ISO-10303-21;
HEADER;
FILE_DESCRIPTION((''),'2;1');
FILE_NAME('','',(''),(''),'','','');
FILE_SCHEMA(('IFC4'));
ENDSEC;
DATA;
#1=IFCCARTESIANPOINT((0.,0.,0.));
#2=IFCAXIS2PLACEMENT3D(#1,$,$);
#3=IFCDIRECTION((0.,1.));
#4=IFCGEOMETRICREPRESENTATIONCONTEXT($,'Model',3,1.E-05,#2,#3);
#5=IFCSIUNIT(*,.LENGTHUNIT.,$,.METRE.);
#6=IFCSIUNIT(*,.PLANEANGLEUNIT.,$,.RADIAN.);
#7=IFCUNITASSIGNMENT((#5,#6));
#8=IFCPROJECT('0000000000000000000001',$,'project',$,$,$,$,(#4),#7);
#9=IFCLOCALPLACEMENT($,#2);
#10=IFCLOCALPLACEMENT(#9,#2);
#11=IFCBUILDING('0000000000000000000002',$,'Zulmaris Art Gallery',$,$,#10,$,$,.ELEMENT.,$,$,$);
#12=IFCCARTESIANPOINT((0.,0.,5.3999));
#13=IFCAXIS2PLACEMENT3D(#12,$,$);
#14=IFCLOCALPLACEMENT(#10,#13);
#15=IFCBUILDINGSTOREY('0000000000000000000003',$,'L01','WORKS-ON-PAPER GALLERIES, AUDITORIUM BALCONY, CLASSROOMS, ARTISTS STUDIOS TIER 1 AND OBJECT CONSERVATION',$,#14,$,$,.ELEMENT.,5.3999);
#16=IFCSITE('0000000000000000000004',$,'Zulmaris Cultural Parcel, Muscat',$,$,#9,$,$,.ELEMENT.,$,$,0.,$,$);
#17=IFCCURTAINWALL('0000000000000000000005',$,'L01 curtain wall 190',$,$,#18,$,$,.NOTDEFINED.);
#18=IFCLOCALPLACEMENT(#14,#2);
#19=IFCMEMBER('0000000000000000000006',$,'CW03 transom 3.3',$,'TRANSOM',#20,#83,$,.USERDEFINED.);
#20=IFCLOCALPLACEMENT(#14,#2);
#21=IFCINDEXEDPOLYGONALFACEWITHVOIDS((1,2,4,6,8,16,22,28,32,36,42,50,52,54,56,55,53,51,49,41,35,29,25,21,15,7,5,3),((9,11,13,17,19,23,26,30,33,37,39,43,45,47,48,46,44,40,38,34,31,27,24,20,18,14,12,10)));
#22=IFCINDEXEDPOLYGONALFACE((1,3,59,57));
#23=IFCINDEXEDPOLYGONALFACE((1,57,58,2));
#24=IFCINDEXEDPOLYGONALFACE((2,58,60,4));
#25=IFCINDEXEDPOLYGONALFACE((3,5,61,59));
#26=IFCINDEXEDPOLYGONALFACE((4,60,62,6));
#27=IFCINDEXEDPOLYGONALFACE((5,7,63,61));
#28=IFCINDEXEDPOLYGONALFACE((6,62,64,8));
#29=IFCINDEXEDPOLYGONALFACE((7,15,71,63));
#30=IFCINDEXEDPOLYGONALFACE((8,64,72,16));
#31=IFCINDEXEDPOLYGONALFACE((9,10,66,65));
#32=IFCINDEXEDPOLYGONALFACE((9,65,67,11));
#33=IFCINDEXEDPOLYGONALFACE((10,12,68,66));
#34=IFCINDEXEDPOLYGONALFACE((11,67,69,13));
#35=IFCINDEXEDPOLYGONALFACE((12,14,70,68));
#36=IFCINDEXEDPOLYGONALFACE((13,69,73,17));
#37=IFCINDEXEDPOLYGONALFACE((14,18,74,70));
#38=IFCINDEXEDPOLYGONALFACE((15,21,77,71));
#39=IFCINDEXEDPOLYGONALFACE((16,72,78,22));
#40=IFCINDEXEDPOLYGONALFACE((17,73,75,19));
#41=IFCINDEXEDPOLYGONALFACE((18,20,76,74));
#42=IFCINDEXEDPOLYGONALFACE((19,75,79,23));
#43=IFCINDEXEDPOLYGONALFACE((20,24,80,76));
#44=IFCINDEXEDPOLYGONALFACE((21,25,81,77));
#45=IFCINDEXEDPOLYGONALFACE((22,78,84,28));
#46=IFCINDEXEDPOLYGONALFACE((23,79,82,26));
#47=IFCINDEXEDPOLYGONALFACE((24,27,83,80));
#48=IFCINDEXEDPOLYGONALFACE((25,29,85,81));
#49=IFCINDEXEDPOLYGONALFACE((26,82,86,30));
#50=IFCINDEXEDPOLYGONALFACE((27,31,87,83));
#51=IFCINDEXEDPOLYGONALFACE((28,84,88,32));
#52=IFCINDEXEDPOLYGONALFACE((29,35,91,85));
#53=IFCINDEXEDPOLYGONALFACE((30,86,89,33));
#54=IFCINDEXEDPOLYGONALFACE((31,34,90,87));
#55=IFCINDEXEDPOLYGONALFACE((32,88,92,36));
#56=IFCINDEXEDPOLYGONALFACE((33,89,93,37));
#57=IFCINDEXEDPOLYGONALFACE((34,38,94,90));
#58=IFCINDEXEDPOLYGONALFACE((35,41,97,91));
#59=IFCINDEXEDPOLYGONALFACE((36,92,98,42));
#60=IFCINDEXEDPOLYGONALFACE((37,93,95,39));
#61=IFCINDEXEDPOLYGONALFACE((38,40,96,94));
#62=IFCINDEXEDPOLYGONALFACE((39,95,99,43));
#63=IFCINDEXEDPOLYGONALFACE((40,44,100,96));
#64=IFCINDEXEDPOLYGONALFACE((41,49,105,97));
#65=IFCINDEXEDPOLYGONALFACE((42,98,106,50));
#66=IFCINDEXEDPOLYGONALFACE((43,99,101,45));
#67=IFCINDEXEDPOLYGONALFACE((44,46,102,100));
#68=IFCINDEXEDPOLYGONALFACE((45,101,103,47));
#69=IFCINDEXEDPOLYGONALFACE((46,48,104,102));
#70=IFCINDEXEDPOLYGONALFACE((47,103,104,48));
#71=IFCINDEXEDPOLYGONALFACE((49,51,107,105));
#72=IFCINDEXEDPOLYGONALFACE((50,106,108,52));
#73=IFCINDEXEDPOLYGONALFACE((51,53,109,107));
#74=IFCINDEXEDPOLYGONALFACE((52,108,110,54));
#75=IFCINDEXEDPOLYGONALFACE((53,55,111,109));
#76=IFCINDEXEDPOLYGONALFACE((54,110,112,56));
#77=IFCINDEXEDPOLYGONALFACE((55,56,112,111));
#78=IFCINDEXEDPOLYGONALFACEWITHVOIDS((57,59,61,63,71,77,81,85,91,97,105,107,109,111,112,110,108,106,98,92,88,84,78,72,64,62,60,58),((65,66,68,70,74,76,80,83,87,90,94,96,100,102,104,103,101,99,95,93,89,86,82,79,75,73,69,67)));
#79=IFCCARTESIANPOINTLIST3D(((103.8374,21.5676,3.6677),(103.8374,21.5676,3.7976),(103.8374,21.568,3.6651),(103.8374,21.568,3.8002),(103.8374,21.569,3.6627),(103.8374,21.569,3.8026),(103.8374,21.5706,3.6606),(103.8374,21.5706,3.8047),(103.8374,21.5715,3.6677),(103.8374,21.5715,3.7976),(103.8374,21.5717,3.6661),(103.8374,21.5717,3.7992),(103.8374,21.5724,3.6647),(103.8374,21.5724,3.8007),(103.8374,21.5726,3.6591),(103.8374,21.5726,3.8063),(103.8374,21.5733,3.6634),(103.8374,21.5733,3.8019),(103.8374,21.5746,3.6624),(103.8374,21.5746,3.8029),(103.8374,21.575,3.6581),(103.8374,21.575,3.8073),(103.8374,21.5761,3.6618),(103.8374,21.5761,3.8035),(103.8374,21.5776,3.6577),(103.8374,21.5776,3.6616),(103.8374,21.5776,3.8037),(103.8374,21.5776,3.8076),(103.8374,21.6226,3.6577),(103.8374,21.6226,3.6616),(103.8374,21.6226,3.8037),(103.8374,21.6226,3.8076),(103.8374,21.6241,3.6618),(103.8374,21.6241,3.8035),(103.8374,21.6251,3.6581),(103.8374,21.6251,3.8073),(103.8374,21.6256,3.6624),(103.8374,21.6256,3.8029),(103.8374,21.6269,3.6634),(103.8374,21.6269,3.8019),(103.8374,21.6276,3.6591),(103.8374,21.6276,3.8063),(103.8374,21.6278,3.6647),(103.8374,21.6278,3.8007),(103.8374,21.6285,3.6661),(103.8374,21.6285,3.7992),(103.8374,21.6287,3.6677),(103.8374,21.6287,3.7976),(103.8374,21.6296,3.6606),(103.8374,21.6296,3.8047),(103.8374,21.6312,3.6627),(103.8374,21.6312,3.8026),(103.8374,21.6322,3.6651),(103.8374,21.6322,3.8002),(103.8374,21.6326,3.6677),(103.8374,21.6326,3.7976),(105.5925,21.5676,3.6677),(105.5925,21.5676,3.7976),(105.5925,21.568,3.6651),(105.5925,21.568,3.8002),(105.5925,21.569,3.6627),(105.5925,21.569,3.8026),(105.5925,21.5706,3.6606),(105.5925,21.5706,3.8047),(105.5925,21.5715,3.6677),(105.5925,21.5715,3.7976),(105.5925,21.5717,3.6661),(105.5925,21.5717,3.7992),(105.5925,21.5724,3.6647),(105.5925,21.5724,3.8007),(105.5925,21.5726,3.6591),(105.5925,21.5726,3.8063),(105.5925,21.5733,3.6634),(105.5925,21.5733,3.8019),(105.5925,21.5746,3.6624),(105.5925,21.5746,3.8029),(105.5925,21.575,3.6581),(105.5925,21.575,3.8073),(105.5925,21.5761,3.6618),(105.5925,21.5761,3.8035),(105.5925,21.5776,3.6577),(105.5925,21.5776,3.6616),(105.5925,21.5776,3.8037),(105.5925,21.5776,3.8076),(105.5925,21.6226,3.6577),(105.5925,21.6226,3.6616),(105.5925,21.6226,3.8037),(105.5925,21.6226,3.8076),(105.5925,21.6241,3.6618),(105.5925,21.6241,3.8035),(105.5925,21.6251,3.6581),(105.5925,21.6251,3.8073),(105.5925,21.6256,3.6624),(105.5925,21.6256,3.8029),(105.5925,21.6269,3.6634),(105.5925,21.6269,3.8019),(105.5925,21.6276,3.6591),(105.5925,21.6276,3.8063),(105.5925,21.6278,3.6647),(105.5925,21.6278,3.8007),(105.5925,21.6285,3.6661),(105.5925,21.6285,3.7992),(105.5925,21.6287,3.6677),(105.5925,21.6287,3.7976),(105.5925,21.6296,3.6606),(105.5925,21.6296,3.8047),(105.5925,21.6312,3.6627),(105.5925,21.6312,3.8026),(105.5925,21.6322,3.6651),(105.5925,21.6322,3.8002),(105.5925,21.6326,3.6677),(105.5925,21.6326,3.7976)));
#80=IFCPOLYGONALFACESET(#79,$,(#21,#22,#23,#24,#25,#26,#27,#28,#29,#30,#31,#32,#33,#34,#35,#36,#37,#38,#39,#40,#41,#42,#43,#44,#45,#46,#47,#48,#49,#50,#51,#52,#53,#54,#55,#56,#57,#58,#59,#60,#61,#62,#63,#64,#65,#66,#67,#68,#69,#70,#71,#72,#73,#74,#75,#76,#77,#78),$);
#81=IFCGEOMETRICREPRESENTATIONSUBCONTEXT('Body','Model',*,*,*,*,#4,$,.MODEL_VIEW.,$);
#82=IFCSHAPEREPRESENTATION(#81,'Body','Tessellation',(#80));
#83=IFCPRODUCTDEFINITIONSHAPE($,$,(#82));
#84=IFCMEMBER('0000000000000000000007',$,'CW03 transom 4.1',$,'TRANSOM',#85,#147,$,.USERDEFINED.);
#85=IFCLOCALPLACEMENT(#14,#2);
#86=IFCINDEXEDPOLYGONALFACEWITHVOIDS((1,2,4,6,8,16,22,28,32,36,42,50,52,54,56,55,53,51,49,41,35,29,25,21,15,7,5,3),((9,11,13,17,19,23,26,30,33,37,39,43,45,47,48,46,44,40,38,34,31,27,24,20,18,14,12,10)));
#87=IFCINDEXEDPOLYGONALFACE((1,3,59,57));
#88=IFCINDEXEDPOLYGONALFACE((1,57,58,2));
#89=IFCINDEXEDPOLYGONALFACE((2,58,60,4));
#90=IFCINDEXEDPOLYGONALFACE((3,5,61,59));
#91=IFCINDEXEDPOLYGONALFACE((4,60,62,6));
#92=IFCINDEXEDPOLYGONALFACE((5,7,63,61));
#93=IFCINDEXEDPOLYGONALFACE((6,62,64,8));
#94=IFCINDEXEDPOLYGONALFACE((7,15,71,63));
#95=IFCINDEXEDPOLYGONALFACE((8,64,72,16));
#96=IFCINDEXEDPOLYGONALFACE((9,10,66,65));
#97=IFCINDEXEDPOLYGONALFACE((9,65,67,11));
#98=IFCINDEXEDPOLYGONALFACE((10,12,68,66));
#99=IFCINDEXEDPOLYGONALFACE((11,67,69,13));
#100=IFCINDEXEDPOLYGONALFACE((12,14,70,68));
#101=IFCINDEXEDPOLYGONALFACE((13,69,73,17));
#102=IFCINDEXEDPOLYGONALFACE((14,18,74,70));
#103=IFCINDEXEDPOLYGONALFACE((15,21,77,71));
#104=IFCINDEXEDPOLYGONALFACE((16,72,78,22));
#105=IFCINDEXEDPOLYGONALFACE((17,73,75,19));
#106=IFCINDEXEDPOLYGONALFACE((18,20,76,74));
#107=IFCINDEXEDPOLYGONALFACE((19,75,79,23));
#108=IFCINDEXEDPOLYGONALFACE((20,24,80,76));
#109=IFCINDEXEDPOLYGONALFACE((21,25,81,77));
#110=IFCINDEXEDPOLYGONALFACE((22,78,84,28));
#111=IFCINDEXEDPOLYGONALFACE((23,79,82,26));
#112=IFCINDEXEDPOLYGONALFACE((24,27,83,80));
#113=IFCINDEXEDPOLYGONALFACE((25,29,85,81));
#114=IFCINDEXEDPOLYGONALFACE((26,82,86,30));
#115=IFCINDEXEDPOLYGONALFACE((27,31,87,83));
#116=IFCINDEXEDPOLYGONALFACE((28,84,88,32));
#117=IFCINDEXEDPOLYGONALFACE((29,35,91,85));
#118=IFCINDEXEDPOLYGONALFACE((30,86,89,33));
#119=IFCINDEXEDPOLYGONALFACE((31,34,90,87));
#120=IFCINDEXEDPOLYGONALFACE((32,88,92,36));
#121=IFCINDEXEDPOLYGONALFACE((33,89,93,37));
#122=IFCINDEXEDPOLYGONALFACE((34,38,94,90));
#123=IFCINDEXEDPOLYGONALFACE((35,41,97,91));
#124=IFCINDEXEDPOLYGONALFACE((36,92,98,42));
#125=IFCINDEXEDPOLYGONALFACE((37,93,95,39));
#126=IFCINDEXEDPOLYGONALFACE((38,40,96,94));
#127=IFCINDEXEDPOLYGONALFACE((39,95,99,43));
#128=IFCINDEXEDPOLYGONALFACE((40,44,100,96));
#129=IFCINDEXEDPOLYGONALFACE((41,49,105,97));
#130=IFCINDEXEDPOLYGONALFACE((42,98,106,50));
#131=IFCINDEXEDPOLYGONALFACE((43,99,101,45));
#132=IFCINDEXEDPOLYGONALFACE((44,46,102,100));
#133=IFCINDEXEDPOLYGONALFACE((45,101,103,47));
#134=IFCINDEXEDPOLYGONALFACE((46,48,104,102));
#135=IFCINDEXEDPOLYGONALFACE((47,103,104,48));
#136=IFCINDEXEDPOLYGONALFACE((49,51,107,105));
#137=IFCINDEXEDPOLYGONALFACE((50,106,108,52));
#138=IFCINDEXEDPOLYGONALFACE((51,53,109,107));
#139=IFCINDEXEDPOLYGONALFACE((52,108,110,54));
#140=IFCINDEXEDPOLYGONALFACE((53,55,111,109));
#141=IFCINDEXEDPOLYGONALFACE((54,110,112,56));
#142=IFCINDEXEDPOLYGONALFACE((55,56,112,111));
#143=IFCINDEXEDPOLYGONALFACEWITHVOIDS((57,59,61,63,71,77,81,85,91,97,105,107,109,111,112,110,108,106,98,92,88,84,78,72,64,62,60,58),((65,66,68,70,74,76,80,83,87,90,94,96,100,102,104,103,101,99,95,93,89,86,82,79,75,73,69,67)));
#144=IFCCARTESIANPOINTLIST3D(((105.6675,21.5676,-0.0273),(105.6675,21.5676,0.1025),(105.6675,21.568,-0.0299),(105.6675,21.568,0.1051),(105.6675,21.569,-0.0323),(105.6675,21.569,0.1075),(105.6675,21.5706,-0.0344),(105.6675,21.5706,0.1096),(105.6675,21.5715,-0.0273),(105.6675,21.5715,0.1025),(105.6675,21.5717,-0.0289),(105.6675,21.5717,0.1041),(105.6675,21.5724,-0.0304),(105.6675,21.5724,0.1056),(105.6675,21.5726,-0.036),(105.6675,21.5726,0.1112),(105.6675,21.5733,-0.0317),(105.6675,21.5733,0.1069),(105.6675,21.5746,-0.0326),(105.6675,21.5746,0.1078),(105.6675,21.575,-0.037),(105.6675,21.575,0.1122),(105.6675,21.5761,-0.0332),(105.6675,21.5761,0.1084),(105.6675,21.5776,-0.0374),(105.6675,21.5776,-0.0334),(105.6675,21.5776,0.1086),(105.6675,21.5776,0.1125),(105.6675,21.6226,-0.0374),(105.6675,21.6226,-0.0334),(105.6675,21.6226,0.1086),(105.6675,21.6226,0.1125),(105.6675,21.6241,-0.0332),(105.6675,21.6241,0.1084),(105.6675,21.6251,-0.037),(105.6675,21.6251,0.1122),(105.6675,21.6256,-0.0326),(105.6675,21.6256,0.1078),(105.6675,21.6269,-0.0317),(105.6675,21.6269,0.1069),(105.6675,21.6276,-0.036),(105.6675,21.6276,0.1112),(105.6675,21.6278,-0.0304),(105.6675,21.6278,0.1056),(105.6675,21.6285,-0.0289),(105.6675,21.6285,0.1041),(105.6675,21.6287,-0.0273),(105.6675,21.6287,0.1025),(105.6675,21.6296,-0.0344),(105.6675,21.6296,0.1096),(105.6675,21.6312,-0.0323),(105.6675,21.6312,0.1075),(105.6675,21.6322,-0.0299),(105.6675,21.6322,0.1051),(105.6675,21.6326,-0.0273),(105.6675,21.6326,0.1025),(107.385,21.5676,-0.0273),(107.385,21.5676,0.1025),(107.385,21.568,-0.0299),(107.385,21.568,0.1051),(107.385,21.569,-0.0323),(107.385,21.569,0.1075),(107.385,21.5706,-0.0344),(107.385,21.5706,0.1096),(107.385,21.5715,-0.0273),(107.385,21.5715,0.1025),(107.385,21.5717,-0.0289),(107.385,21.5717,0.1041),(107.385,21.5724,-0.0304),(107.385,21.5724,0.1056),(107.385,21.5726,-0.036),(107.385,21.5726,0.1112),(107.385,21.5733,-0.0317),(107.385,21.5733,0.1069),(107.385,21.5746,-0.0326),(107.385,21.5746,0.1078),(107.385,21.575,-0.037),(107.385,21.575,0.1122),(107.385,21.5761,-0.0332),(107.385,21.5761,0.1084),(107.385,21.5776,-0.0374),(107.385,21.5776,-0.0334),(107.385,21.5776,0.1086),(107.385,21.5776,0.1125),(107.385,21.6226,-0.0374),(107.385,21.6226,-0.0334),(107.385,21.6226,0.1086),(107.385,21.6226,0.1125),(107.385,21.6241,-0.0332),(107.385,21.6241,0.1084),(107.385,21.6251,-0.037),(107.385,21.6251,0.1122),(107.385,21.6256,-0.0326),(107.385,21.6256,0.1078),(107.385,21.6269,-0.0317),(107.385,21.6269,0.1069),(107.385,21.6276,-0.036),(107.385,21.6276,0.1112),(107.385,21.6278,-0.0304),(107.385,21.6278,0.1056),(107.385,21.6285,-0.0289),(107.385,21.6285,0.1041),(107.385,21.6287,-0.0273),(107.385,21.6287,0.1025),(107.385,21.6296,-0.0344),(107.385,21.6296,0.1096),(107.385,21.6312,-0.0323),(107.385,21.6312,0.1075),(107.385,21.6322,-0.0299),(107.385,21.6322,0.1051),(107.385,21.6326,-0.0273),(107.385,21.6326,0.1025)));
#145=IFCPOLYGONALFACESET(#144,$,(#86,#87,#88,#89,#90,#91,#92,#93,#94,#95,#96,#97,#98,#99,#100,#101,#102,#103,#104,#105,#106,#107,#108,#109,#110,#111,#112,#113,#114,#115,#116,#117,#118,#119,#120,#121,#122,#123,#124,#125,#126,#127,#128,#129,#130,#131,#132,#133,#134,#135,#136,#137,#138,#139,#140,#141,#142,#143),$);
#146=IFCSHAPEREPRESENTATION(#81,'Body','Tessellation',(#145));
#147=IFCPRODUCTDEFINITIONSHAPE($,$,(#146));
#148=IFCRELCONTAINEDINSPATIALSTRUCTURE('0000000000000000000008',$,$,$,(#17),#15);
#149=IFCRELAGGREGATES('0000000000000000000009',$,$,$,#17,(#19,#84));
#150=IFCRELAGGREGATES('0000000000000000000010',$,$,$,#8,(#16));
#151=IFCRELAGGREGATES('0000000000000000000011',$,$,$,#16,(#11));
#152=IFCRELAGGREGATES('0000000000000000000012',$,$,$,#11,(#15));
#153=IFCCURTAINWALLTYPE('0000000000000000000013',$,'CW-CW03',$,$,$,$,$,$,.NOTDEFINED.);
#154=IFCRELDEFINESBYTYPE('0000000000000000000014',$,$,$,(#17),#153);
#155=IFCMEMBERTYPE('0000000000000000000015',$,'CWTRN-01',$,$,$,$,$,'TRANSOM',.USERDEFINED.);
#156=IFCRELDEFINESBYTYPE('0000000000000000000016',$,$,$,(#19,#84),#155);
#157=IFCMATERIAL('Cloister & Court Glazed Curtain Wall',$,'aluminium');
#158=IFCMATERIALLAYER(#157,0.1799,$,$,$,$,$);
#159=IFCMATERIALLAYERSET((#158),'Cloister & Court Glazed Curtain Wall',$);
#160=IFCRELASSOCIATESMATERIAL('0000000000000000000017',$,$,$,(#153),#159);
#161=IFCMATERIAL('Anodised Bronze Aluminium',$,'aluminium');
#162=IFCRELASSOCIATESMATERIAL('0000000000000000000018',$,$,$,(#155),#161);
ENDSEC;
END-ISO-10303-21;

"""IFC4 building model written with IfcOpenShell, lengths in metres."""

from ifc_helpers import new_model, si_unit, direction, frame, origin, origin_2d, place, context, subcontext, project, spatial, hollow_rectangle, extrude, material, layer, layer_set, material_profile, profile_set, type_object, element, aggregate, save


model = new_model("IFC4")

# Units and contexts
model_context = context("Model", 3, precision=1e-05, world=origin(), true_north=direction((0.0, 1.0)))
body_context = subcontext(model_context, "Body", "Model", "MODEL_VIEW")
ifc_project = project(units=[si_unit("LENGTHUNIT", "METRE"), si_unit("PLANEANGLEUNIT", "RADIAN")], contexts=[model_context])

# Site, building, storey
site_placement = place(None, origin())
site = spatial("IfcSite", under=ifc_project, at=site_placement, Name="Zulmaris Cultural Parcel, Muscat", CompositionType="ELEMENT", RefElevation=0.0)
building_placement = place(site_placement, origin())
building = spatial("IfcBuilding", under=site, at=building_placement, Name="Zulmaris Art Gallery", CompositionType="ELEMENT")
storey_placement = place(building_placement, frame((0.0, 0.0, 5.3999)))
storey = spatial("IfcBuildingStorey", under=building, at=storey_placement, Name="L01", Description="WORKS-ON-PAPER GALLERIES, AUDITORIUM BALCONY, CLASSROOMS, ARTISTS STUDIOS TIER 1 AND OBJECT CONSERVATION", CompositionType="ELEMENT", Elevation=5.3999)

# Curtain wall, members
ifc_material_1 = material(Name="Cloister & Court Glazed Curtain Wall", Category="aluminium")
ifc_layer_1 = layer(ifc_material_1, 0.1799)
ifc_layer_set_1 = layer_set([ifc_layer_1], Name="Cloister & Court Glazed Curtain Wall")
curtain_wall_type = type_object("IfcCurtainWallType", Name="CW-CW03", PredefinedType="NOTDEFINED", material=ifc_layer_set_1)
curtain_wall_placement = place(storey_placement, origin())
curtain_wall = element("IfcCurtainWall", 1, at=curtain_wall_placement, inside=storey, type_object=curtain_wall_type, Name="L01 curtain wall 190", PredefinedType="NOTDEFINED")
ifc_material_2 = material(Name="Anodised Bronze Aluminium", Category="aluminium")
ifc_material_profile_1 = material_profile(ifc_material_2, hollow_rectangle(XDim=0.0649, YDim=0.1499, WallThickness=0.0039, InnerFilletRadius=0.0061, OuterFilletRadius=0.01, at=origin_2d()), Name="ALU 65x150x4")
ifc_profile_set_1 = profile_set([ifc_material_profile_1], Name="Anodised Bronze Aluminium")
member_type_1 = type_object("IfcMemberType", Name="CWTRN-01", ElementType="TRANSOM", PredefinedType="USERDEFINED", material=ifc_profile_set_1)
member_1_placement = place(storey_placement, frame((103.8374, 21.6001, 3.7327), z_axis=(1.0, 0.0, 0.0), x_axis=(0.0, 1.0, 0.0)))
member_1 = element("IfcMember", 2, at=member_1_placement, type_object=member_type_1, Name="CW03 transom 3.3", ObjectType="TRANSOM", PredefinedType="USERDEFINED", context=body_context, shape_type="SweptSolid", body=[
    extrude(hollow_rectangle(XDim=0.0649, YDim=0.1499, WallThickness=0.0039, InnerFilletRadius=0.0061, OuterFilletRadius=0.01, at=origin_2d()), origin(), (0.0, 0.0, 1.0), 1.7551),
])
member_2_placement = place(storey_placement, frame((105.6675, 21.6001, 0.0376), z_axis=(1.0, 0.0, 0.0), x_axis=(0.0, 1.0, 0.0)))
member_2 = element("IfcMember", 3, at=member_2_placement, type_object=member_type_1, Name="CW03 transom 4.1", ObjectType="TRANSOM", PredefinedType="USERDEFINED", context=body_context, shape_type="SweptSolid", body=[
    extrude(hollow_rectangle(XDim=0.0649, YDim=0.1499, WallThickness=0.0039, InnerFilletRadius=0.0061, OuterFilletRadius=0.01, at=origin_2d()), origin(), (0.0, 0.0, 1.0), 1.7175),
])
aggregate(curtain_wall, [member_1, member_2])

save(model, "model.ifc")
